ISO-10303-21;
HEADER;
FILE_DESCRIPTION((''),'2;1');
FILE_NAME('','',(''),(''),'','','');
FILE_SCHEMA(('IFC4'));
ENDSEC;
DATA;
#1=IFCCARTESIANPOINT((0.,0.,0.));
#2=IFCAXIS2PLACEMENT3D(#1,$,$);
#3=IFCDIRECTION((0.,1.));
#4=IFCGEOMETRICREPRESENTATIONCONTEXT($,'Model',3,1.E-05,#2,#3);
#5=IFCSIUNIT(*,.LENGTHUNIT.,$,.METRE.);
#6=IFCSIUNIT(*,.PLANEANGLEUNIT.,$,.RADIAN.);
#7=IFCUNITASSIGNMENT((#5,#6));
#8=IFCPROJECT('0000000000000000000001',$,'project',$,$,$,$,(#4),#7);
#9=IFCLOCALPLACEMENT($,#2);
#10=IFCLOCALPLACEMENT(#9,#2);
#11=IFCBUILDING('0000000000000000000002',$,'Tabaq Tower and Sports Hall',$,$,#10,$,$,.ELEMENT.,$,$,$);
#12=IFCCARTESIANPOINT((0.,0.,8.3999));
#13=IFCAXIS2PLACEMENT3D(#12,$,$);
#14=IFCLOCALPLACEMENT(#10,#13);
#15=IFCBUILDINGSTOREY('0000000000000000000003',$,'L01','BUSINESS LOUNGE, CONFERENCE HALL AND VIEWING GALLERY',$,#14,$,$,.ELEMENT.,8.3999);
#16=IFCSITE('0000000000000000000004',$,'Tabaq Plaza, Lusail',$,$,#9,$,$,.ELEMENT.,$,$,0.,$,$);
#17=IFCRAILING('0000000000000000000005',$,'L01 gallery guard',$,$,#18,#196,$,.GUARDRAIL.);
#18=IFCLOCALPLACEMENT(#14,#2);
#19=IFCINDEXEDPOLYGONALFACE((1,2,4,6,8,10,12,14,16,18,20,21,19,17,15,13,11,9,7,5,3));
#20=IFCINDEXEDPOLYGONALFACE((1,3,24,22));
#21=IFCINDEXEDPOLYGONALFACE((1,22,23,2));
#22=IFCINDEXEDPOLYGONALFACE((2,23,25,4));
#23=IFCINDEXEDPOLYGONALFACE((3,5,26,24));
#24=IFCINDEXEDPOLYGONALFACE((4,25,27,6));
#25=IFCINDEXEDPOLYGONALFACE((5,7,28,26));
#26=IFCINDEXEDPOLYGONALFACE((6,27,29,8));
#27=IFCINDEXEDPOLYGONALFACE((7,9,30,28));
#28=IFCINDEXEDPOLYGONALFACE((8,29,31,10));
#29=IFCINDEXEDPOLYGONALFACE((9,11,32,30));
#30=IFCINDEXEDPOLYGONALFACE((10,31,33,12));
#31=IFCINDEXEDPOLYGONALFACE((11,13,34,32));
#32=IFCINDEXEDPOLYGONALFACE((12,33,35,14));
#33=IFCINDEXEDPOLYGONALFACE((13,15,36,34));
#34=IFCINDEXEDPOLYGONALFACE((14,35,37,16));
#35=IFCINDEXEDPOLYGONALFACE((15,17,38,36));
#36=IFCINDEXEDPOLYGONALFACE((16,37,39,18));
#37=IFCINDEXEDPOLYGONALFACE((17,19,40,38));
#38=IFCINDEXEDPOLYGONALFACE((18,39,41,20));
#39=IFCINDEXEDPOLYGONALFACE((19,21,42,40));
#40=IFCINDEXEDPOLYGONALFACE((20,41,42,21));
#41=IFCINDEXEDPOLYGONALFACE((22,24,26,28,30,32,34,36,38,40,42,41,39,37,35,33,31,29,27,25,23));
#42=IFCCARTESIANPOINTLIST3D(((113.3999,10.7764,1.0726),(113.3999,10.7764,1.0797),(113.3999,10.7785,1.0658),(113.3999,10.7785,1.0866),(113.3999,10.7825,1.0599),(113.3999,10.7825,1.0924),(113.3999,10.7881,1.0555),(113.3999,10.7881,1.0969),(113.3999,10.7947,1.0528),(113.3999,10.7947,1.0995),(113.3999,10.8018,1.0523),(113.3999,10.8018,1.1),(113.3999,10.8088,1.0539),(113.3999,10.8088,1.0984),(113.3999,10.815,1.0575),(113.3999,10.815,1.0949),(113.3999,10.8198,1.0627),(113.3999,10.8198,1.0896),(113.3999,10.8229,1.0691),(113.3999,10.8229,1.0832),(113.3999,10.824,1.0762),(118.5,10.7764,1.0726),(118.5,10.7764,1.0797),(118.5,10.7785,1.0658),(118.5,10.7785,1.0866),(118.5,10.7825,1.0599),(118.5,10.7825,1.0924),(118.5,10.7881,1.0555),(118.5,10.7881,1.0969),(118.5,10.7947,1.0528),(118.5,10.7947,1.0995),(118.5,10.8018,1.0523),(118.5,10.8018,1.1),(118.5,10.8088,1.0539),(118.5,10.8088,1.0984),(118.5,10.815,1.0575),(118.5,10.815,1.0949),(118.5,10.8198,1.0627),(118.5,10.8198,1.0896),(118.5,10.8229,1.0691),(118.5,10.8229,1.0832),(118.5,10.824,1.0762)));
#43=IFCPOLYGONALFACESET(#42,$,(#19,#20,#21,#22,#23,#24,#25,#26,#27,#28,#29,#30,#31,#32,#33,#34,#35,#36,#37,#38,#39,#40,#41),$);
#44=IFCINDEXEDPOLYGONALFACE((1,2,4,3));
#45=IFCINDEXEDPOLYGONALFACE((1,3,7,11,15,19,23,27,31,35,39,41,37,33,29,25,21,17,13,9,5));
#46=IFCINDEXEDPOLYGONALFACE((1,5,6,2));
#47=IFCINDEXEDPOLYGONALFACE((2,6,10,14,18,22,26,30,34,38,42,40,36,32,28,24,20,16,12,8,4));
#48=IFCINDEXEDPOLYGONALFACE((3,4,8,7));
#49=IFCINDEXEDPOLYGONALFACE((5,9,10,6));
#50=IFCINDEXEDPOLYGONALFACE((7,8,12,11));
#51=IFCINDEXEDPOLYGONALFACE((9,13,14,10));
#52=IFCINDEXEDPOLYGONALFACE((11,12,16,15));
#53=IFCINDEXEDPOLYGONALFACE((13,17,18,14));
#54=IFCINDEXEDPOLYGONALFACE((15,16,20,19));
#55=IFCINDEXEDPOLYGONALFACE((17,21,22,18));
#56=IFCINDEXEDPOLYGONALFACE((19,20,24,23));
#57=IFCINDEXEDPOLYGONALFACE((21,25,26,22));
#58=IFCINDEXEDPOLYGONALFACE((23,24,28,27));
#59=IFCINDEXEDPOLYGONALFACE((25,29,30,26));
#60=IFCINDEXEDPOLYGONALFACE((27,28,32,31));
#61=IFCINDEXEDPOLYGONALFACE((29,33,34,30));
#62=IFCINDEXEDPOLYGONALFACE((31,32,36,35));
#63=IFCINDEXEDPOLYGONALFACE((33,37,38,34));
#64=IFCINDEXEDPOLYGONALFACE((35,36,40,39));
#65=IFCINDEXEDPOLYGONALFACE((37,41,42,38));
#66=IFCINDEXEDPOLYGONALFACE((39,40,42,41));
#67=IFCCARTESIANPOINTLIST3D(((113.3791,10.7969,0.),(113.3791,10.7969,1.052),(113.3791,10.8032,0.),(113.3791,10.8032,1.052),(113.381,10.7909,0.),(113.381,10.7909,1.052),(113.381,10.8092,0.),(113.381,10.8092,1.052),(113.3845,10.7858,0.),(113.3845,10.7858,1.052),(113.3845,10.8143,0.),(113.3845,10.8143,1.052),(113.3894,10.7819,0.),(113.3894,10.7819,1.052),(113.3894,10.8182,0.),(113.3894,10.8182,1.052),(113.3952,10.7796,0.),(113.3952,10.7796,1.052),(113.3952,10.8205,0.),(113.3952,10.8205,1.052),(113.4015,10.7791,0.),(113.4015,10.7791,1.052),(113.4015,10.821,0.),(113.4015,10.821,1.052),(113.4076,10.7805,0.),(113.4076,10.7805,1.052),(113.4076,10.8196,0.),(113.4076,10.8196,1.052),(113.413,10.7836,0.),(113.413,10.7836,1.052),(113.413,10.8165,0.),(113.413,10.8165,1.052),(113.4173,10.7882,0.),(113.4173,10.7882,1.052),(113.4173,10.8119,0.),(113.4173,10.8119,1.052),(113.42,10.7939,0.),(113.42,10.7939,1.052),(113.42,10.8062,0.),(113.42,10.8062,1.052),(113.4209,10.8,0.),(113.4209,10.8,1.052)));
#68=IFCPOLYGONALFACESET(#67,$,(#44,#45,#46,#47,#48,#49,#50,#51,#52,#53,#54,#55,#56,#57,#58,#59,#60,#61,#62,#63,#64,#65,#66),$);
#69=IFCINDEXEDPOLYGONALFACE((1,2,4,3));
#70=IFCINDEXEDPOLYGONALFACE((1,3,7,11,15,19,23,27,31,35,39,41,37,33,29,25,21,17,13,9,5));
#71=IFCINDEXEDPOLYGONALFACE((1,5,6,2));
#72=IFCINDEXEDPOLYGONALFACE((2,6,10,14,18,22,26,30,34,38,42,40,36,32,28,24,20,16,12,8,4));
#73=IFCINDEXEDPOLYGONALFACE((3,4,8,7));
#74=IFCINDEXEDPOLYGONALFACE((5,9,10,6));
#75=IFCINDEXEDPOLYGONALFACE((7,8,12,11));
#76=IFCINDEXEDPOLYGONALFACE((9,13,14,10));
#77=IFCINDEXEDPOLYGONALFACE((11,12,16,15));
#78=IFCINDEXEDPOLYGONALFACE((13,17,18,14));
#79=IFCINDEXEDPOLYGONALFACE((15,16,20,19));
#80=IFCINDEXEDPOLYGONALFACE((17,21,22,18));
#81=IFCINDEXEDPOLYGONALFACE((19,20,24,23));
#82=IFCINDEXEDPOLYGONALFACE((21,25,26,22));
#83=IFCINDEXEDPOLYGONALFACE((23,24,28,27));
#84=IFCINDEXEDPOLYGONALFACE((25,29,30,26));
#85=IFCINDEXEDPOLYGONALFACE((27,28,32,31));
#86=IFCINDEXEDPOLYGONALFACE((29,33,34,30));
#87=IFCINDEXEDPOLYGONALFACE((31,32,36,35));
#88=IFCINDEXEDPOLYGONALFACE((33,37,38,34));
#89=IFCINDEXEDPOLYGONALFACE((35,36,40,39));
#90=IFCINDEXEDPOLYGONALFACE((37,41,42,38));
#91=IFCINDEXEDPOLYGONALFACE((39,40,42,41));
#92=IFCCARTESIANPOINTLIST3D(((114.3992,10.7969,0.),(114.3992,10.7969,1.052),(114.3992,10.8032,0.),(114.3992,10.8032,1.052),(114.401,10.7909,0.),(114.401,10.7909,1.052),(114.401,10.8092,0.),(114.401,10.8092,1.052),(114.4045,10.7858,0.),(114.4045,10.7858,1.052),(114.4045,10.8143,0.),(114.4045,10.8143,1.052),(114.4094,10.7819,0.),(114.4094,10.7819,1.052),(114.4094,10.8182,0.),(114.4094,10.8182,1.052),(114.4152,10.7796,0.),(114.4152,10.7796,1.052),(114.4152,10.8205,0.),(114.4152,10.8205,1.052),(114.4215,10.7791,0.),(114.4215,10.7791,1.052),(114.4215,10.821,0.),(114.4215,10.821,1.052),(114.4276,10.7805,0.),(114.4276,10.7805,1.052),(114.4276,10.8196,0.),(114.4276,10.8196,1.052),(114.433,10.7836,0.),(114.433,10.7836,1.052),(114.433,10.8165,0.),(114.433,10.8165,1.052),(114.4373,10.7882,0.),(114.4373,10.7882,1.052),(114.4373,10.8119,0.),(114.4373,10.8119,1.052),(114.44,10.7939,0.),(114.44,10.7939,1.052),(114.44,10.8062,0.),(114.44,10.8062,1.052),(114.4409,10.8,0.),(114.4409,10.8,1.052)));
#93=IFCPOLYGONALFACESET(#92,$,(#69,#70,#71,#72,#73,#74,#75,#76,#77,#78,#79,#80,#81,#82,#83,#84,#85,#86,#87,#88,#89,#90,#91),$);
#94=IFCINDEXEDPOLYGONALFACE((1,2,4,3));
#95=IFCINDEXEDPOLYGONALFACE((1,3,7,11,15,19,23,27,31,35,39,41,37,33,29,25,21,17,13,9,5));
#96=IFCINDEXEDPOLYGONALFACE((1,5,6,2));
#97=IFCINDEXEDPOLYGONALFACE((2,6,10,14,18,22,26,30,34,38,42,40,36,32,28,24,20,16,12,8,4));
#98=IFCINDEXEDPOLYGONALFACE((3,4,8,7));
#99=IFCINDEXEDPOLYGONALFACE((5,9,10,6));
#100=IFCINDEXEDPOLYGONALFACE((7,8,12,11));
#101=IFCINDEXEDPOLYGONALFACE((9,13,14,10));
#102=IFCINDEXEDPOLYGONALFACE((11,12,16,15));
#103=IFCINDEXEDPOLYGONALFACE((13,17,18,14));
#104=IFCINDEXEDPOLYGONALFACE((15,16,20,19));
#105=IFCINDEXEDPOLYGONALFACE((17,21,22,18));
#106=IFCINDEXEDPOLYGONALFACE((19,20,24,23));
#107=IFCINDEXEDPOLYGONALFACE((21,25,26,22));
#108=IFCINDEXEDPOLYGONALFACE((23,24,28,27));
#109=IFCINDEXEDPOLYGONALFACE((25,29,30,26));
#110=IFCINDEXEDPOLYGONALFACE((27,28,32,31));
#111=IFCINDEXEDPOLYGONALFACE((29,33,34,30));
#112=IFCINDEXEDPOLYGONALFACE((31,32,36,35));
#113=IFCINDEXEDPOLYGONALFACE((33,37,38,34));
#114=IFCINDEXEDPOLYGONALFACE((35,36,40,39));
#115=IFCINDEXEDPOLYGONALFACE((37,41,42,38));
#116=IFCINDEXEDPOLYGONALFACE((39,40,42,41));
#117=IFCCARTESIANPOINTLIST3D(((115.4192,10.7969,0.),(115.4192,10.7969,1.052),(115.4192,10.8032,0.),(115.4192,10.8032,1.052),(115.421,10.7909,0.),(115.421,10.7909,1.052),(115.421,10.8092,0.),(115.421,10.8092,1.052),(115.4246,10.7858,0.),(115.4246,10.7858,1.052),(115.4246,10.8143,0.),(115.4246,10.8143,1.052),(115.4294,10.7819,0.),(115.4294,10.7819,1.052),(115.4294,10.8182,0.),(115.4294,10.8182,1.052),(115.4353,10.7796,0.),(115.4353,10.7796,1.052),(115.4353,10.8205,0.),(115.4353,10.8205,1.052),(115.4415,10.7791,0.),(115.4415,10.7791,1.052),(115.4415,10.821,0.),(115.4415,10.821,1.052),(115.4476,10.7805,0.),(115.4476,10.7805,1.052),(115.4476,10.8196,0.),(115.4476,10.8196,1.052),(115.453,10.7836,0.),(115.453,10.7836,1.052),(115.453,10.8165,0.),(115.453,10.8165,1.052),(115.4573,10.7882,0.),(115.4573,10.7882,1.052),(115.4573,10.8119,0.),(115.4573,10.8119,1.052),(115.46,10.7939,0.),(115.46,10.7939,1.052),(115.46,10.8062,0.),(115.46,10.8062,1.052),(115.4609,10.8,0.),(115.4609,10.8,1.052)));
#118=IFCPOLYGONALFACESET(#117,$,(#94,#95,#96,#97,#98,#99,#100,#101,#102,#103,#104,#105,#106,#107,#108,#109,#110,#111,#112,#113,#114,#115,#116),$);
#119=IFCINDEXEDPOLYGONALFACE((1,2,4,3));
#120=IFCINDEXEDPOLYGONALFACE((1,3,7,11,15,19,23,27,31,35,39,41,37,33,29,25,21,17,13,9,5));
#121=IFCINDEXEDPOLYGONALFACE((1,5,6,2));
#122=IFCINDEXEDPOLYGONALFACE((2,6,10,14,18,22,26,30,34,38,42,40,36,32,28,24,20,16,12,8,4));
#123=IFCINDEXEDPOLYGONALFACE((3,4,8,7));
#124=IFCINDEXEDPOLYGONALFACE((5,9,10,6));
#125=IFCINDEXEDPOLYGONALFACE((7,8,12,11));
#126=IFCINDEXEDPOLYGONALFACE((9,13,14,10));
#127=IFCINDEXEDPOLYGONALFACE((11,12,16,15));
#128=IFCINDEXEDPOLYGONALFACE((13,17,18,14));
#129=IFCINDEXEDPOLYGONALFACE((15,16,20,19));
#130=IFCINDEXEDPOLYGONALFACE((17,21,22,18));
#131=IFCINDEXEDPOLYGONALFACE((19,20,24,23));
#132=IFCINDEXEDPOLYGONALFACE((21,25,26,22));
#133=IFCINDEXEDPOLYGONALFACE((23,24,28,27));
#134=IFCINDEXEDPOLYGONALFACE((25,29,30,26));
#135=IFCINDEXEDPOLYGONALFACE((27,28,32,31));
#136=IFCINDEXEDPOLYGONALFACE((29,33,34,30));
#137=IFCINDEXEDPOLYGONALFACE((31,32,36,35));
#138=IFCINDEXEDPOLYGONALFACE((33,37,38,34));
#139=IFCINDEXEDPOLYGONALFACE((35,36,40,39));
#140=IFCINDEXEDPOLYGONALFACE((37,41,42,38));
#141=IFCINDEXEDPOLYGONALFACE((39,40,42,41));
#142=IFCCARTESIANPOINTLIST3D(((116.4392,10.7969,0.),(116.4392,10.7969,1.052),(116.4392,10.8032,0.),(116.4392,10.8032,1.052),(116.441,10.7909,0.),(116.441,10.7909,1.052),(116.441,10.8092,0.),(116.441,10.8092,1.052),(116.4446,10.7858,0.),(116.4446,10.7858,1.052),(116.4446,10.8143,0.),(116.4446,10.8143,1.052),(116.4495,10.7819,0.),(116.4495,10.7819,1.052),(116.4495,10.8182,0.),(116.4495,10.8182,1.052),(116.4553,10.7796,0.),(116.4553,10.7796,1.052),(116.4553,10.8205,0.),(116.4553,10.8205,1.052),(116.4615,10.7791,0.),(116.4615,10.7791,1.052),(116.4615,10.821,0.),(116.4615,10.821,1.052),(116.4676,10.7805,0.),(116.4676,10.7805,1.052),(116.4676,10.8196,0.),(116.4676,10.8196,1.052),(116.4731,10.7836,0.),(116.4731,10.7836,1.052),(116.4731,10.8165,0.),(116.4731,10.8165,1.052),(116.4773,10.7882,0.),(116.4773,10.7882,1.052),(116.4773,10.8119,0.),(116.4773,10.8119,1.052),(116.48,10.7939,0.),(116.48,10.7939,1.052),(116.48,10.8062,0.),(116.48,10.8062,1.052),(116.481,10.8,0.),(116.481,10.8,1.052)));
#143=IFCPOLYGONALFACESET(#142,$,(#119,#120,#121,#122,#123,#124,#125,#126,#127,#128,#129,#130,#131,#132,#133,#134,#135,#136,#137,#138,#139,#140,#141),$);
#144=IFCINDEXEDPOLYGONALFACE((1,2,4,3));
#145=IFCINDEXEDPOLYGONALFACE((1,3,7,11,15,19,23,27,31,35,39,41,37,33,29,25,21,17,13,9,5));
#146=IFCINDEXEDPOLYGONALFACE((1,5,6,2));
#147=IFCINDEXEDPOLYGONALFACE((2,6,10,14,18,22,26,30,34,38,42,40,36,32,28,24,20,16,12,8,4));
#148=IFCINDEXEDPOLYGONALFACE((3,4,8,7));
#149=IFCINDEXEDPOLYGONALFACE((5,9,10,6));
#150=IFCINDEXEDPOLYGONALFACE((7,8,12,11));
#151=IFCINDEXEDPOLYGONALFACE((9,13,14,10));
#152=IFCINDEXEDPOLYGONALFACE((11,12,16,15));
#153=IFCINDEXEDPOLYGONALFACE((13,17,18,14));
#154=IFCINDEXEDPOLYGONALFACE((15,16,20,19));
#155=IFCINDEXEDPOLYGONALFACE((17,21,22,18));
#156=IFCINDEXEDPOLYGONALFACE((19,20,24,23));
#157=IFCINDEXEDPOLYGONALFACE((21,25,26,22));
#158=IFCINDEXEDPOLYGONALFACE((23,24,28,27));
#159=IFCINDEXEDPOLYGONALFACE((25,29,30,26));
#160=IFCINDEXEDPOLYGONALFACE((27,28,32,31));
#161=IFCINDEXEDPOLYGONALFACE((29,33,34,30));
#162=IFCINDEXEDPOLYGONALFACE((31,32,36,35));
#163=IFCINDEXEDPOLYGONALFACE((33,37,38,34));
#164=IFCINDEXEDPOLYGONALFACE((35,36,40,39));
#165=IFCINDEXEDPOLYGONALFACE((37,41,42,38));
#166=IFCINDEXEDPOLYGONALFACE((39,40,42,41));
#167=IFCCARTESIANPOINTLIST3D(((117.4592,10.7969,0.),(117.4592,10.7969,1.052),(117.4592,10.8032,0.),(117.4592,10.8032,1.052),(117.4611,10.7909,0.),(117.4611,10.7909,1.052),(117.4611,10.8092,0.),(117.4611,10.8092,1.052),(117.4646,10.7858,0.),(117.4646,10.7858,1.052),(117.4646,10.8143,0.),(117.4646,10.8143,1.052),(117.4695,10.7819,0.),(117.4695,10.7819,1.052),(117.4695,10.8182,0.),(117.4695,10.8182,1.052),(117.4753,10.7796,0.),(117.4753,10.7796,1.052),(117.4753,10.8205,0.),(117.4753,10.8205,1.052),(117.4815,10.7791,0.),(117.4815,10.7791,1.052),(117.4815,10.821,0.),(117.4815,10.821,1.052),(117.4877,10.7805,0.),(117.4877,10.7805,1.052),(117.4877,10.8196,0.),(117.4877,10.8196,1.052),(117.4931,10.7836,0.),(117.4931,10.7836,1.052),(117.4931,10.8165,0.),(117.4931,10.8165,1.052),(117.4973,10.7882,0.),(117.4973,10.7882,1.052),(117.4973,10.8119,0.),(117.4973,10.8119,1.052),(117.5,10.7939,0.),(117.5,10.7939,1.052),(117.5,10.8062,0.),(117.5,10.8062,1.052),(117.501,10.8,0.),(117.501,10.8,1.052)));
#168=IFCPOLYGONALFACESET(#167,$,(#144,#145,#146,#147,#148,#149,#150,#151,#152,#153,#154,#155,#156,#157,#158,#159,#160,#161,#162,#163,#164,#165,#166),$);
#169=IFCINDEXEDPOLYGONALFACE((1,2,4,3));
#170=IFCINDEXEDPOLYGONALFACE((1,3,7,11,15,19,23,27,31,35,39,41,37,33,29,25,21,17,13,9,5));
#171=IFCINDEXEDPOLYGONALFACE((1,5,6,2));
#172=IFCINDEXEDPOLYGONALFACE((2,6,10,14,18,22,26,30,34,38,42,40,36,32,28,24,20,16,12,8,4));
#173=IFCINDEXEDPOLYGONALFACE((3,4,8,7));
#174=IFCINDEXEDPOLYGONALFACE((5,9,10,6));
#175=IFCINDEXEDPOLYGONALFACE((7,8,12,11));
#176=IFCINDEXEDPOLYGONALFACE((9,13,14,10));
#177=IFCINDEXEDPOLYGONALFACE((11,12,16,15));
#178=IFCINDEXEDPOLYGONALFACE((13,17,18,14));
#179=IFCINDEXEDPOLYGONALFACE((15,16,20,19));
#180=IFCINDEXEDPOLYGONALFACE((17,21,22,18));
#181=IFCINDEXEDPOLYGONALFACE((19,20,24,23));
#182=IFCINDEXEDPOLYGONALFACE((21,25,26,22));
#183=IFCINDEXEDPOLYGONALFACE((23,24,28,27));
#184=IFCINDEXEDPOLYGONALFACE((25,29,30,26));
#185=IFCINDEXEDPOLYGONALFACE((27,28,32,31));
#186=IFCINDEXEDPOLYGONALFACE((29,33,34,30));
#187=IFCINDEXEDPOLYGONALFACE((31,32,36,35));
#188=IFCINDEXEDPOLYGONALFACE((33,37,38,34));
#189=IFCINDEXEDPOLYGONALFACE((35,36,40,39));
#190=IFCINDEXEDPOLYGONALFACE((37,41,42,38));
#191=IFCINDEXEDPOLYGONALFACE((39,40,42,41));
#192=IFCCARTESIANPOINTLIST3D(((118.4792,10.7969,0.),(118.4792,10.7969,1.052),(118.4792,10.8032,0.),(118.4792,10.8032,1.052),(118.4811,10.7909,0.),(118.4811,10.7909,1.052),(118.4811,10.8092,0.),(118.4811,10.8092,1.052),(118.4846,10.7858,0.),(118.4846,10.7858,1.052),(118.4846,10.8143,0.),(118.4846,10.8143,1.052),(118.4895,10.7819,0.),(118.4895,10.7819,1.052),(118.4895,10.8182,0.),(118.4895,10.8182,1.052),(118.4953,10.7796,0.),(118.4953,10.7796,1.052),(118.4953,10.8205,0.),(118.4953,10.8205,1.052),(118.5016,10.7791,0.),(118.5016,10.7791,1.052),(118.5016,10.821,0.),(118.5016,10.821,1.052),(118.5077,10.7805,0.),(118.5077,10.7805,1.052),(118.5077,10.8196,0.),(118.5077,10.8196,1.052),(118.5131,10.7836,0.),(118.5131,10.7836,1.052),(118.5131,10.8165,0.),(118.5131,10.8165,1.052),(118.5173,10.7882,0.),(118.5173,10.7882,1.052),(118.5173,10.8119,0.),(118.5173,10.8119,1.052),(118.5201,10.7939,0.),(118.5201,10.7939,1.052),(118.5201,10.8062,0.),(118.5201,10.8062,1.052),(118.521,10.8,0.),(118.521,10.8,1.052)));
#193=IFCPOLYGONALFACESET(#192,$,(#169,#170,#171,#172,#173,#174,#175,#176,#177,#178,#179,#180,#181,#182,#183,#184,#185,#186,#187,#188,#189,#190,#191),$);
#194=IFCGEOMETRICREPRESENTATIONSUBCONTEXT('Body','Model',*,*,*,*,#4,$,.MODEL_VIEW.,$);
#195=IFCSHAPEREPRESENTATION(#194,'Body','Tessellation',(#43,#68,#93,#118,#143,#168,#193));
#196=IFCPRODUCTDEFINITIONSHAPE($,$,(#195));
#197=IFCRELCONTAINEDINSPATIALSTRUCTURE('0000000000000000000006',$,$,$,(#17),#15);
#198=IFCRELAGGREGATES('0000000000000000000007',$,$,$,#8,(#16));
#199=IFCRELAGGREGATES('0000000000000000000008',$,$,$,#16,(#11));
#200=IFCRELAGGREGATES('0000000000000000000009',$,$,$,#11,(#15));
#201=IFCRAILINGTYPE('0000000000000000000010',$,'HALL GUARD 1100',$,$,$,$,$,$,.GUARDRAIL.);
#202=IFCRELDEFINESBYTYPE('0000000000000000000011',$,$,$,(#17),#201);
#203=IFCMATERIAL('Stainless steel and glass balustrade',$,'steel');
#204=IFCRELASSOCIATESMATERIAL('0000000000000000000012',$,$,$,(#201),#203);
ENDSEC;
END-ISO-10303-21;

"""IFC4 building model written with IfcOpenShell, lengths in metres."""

from ifc_helpers import new_model, si_unit, direction, frame, origin, origin_2d, place, context, subcontext, project, spatial, circle, extrude, material, type_object, element, save


model = new_model("IFC4")

# Units and contexts
model_context = context("Model", 3, precision=1e-05, world=origin(), true_north=direction((0.0, 1.0)))
body_context = subcontext(model_context, "Body", "Model", "MODEL_VIEW")
ifc_project = project(units=[si_unit("LENGTHUNIT", "METRE"), si_unit("PLANEANGLEUNIT", "RADIAN")], contexts=[model_context])

# Site, building, storey
site_placement = place(None, origin())
site = spatial("IfcSite", under=ifc_project, at=site_placement, Name="Tabaq Plaza, Lusail", CompositionType="ELEMENT", RefElevation=0.0)
building_placement = place(site_placement, origin())
building = spatial("IfcBuilding", under=site, at=building_placement, Name="Tabaq Tower and Sports Hall", CompositionType="ELEMENT")
storey_placement = place(building_placement, frame((0.0, 0.0, 8.3999)))
storey = spatial("IfcBuildingStorey", under=building, at=storey_placement, Name="L01", Description="BUSINESS LOUNGE, CONFERENCE HALL AND VIEWING GALLERY", CompositionType="ELEMENT", Elevation=8.3999)

# Railing
ifc_material_1 = material(Name="Stainless steel and glass balustrade", Category="steel")
railing_type = type_object("IfcRailingType", Name="HALL GUARD 1100", PredefinedType="GUARDRAIL", material=ifc_material_1)
for number, where, name in (
    (1, (113.3999, 10.8, 0.0), "L01 gallery guard"),
):
    element("IfcRailing", number, at=place(storey_placement, frame(where)), inside=storey, type_object=railing_type, Name=name, PredefinedType="GUARDRAIL", context=body_context, shape_type="SweptSolid", body=[
        extrude(circle(Radius=0.0239, at=origin_2d()), frame((0.0, 0.0, 1.0762), z_axis=(1.0, 0.0, 0.0), x_axis=(0.0, 1.0, 0.0)), (0.0, 0.0, 1.0), 5.1001),
        extrude(circle(Radius=0.021, at=origin_2d()), origin(), (0.0, 0.0, 1.0), 1.052),
        extrude(circle(Radius=0.021, at=origin_2d()), frame((1.02, 0.0, 0.0)), (0.0, 0.0, 1.0), 1.052),
        extrude(circle(Radius=0.021, at=origin_2d()), frame((2.04, 0.0, 0.0)), (0.0, 0.0, 1.0), 1.052),
        extrude(circle(Radius=0.021, at=origin_2d()), frame((3.0601, 0.0, 0.0)), (0.0, 0.0, 1.0), 1.052),
        extrude(circle(Radius=0.021, at=origin_2d()), frame((4.0801, 0.0, 0.0)), (0.0, 0.0, 1.0), 1.052),
        extrude(circle(Radius=0.021, at=origin_2d()), frame((5.1001, 0.0, 0.0)), (0.0, 0.0, 1.0), 1.052),
    ])

save(model, "model.ifc")
